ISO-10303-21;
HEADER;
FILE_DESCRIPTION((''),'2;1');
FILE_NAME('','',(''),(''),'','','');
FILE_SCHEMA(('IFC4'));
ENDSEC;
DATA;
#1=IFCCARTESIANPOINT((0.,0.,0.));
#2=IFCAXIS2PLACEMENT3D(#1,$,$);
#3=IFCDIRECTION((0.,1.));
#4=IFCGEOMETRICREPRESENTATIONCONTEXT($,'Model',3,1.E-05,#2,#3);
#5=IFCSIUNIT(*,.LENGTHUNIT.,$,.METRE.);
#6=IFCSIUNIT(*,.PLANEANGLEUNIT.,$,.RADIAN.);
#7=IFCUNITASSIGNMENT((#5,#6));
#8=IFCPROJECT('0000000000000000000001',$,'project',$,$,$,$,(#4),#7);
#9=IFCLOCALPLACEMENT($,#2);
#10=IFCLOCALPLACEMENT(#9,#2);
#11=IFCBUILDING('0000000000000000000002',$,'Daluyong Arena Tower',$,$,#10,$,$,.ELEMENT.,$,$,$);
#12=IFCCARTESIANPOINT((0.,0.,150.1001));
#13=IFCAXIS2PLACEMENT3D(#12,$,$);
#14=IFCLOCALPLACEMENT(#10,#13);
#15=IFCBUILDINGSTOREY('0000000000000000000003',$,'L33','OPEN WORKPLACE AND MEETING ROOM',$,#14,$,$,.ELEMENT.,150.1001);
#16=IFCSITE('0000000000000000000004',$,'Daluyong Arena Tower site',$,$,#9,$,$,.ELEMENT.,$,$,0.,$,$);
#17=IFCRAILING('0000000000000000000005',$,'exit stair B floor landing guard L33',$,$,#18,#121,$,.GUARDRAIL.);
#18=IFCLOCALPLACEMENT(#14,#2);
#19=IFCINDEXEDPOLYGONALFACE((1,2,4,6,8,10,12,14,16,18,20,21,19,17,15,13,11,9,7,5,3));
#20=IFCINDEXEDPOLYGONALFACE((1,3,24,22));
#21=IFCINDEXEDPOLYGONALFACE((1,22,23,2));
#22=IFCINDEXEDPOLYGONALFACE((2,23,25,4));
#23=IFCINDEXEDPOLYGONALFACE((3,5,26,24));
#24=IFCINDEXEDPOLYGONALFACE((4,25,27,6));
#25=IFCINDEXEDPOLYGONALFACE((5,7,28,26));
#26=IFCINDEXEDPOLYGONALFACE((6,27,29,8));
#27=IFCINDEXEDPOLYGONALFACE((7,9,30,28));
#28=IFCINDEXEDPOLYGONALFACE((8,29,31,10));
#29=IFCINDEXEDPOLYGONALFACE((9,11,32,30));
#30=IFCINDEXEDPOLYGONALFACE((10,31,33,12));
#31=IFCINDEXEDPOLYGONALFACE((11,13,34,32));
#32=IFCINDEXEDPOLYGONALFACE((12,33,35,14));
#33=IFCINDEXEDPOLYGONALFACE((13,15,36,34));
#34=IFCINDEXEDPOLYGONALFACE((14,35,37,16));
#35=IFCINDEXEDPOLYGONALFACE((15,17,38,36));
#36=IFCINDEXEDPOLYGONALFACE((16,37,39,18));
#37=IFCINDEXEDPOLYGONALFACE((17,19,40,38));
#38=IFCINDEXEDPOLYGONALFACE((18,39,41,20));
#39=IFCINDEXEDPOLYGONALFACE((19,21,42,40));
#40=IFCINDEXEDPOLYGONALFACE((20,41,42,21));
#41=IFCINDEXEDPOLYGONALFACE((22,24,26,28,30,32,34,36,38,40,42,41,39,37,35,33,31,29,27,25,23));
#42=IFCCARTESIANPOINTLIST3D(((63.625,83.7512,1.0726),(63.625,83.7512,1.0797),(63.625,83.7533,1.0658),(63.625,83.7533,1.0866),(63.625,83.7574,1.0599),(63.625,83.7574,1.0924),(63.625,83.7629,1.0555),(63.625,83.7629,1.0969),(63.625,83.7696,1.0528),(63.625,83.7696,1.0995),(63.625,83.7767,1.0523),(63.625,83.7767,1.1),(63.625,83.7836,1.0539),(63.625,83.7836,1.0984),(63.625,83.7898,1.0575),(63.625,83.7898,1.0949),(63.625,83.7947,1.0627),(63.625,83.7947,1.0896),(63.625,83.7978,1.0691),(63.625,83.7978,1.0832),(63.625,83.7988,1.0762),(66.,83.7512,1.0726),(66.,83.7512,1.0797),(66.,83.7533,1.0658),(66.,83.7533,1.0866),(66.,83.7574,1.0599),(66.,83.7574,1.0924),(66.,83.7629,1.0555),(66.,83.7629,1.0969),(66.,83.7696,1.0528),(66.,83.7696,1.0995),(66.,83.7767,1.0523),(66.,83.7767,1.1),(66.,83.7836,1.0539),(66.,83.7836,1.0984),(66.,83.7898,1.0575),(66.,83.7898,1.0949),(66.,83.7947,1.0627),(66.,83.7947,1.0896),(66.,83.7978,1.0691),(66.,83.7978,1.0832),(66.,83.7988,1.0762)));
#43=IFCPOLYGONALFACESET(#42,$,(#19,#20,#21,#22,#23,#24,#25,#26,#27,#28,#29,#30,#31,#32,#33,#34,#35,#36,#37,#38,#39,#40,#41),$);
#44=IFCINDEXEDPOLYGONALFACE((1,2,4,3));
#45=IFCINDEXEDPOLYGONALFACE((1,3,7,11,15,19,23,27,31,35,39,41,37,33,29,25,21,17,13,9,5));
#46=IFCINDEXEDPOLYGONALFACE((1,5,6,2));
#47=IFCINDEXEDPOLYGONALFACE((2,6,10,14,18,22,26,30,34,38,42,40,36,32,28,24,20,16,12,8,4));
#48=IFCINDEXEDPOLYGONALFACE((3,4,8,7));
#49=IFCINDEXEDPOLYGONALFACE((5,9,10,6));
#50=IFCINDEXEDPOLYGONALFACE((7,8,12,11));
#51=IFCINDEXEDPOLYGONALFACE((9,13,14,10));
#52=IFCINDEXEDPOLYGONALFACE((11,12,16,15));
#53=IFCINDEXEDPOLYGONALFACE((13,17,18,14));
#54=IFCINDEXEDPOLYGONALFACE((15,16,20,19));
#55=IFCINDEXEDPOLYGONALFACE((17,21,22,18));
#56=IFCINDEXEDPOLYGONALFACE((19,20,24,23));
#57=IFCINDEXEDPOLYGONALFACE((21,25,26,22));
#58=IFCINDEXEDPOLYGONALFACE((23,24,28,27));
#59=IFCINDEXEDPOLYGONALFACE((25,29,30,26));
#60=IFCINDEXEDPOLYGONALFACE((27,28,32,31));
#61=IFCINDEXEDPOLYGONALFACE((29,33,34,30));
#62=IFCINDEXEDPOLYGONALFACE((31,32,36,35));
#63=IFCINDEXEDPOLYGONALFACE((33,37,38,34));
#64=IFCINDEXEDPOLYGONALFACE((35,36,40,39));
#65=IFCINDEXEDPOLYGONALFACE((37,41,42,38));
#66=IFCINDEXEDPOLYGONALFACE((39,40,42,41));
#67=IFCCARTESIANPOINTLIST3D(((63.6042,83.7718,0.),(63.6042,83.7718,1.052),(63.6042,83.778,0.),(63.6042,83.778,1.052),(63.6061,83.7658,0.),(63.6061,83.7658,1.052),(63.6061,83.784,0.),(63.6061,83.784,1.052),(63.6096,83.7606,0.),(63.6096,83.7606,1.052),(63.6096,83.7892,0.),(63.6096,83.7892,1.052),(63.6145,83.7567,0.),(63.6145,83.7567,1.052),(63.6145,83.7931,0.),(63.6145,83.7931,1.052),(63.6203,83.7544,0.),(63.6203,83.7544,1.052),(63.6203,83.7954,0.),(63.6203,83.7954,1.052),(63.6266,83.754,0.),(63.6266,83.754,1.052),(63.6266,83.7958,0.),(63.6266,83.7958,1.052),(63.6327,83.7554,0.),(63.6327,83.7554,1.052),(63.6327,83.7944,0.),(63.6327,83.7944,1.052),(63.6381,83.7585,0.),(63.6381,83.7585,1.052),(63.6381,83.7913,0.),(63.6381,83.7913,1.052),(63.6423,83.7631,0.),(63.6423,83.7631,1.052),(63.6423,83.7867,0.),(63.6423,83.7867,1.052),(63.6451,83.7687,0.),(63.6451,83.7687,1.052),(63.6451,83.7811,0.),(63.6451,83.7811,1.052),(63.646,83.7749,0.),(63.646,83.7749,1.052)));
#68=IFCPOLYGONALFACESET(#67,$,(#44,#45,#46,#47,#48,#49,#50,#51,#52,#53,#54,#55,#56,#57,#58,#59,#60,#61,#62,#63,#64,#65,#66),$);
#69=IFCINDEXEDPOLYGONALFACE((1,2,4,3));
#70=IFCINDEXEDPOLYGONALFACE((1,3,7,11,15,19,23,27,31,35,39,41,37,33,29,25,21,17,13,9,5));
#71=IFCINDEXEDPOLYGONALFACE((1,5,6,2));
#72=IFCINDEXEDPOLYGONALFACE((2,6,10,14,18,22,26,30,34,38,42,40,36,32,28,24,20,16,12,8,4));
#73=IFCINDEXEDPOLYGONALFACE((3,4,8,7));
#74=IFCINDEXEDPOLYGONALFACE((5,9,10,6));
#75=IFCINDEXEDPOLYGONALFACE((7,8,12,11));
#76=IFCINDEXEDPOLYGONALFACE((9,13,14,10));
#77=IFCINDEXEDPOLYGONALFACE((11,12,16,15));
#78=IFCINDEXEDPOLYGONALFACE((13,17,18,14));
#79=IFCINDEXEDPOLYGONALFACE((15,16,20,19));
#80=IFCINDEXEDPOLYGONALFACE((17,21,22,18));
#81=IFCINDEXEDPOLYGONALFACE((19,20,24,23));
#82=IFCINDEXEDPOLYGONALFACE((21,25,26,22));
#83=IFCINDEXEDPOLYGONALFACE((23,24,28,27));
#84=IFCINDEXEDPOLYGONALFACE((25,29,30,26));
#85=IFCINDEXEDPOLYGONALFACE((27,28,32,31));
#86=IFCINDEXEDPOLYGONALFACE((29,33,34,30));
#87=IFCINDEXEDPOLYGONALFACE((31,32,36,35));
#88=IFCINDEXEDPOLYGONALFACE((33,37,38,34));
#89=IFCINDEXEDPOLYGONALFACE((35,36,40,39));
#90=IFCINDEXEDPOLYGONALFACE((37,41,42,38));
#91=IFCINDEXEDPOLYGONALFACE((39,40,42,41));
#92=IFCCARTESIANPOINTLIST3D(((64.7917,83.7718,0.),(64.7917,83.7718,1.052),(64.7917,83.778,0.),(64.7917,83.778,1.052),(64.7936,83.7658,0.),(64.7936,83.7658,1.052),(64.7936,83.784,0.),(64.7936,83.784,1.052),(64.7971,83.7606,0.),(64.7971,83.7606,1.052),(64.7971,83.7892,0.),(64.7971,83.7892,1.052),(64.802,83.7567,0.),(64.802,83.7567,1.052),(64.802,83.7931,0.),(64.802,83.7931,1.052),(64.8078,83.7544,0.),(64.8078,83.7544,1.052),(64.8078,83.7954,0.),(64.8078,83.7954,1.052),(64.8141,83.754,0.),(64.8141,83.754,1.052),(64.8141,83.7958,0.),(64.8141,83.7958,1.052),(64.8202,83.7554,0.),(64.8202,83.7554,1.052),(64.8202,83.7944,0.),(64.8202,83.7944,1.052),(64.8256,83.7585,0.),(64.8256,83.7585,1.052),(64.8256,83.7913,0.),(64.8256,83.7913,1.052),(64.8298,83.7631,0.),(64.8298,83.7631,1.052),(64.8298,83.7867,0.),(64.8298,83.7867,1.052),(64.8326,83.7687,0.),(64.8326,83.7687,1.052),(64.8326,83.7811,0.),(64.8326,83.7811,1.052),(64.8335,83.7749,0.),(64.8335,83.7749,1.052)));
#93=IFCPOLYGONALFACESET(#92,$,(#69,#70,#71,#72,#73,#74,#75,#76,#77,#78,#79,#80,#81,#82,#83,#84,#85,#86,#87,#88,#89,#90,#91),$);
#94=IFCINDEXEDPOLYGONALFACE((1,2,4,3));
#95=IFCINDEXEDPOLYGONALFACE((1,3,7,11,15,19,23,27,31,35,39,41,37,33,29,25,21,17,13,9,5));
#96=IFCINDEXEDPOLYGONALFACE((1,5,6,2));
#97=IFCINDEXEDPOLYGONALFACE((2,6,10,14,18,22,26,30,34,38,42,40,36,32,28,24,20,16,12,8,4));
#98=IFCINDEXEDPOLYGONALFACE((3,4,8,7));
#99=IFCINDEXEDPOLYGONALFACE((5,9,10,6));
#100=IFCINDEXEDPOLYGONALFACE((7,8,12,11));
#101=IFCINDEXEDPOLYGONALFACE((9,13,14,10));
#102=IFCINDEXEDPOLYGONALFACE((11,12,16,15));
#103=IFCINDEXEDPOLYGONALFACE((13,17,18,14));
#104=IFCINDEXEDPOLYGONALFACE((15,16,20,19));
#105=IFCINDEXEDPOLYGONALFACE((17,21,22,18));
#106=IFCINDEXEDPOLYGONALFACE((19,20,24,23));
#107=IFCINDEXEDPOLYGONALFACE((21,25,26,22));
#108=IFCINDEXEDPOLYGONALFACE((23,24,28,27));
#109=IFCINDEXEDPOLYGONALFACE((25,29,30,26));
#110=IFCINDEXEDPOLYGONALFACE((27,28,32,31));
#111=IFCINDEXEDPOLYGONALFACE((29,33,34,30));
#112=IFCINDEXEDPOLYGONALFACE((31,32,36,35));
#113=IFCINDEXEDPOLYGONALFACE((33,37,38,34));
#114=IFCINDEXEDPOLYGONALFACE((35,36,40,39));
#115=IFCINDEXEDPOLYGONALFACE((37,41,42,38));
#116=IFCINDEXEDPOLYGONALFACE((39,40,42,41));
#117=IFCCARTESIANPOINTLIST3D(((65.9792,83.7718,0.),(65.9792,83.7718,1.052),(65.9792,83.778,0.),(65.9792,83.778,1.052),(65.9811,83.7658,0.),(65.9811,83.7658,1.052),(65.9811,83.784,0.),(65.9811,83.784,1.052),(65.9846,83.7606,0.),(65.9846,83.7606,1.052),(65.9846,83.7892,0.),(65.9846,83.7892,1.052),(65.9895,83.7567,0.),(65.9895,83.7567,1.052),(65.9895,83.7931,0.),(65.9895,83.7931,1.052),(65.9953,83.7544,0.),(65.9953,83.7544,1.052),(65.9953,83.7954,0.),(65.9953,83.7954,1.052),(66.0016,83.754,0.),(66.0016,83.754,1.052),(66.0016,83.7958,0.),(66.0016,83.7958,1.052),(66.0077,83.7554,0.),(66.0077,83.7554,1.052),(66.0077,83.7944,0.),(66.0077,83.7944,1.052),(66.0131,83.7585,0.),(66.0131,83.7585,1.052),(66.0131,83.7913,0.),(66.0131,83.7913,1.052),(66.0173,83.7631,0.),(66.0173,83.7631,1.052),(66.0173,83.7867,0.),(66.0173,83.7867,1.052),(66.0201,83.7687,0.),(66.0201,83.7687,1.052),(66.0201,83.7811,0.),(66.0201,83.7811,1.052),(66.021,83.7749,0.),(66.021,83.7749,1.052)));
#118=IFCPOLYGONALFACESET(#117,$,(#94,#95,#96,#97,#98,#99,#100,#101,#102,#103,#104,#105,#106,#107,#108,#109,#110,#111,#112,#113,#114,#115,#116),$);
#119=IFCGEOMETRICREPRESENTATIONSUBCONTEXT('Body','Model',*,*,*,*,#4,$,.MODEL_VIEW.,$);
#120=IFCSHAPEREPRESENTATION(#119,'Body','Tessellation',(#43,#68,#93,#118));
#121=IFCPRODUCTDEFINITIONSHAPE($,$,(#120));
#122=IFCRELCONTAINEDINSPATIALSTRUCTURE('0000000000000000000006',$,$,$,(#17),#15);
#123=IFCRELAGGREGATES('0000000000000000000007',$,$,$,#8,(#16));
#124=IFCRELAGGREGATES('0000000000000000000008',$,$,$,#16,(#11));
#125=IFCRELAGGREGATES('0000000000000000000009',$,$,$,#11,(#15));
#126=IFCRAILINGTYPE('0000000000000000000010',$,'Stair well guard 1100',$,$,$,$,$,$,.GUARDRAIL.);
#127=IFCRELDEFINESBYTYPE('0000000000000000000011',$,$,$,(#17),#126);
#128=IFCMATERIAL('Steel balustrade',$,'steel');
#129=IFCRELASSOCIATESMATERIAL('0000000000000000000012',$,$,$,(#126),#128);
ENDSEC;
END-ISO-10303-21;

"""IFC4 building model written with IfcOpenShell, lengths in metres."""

from ifc_helpers import new_model, si_unit, direction, frame, origin, origin_2d, place, context, subcontext, project, spatial, circle, extrude, material, type_object, element, save


model = new_model("IFC4")

# Units and contexts
model_context = context("Model", 3, precision=1e-05, world=origin(), true_north=direction((0.0, 1.0)))
body_context = subcontext(model_context, "Body", "Model", "MODEL_VIEW")
ifc_project = project(units=[si_unit("LENGTHUNIT", "METRE"), si_unit("PLANEANGLEUNIT", "RADIAN")], contexts=[model_context])

# Site, building, storey
site_placement = place(None, origin())
site = spatial("IfcSite", under=ifc_project, at=site_placement, Name="Daluyong Arena Tower site", CompositionType="ELEMENT", RefElevation=0.0)
building_placement = place(site_placement, origin())
building = spatial("IfcBuilding", under=site, at=building_placement, Name="Daluyong Arena Tower", CompositionType="ELEMENT")
storey_placement = place(building_placement, frame((0.0, 0.0, 150.1001)))
storey = spatial("IfcBuildingStorey", under=building, at=storey_placement, Name="L33", Description="OPEN WORKPLACE AND MEETING ROOM", CompositionType="ELEMENT", Elevation=150.1001)

# Railing
ifc_material_1 = material(Name="Steel balustrade", Category="steel")
railing_type_1 = type_object("IfcRailingType", Name="Stair well guard 1100", PredefinedType="GUARDRAIL", material=ifc_material_1)
railing_1_placement = place(storey_placement, frame((63.625, 83.7749, 0.0)))
element("IfcRailing", 1, at=railing_1_placement, inside=storey, type_object=railing_type_1, Name="exit stair B floor landing guard L33", PredefinedType="GUARDRAIL", context=body_context, shape_type="SweptSolid", body=[
    extrude(circle(Radius=0.0239, at=origin_2d()), frame((0.0, 0.0, 1.0762), z_axis=(1.0, 0.0, 0.0), x_axis=(0.0, 1.0, 0.0)), (0.0, 0.0, 1.0), 2.375),
    extrude(circle(Radius=0.021, at=origin_2d()), origin(), (0.0, 0.0, 1.0), 1.052),
    extrude(circle(Radius=0.021, at=origin_2d()), frame((1.1875, 0.0, 0.0)), (0.0, 0.0, 1.0), 1.052),
    extrude(circle(Radius=0.021, at=origin_2d()), frame((2.375, 0.0, 0.0)), (0.0, 0.0, 1.0), 1.052),
])

save(model, "model.ifc")
